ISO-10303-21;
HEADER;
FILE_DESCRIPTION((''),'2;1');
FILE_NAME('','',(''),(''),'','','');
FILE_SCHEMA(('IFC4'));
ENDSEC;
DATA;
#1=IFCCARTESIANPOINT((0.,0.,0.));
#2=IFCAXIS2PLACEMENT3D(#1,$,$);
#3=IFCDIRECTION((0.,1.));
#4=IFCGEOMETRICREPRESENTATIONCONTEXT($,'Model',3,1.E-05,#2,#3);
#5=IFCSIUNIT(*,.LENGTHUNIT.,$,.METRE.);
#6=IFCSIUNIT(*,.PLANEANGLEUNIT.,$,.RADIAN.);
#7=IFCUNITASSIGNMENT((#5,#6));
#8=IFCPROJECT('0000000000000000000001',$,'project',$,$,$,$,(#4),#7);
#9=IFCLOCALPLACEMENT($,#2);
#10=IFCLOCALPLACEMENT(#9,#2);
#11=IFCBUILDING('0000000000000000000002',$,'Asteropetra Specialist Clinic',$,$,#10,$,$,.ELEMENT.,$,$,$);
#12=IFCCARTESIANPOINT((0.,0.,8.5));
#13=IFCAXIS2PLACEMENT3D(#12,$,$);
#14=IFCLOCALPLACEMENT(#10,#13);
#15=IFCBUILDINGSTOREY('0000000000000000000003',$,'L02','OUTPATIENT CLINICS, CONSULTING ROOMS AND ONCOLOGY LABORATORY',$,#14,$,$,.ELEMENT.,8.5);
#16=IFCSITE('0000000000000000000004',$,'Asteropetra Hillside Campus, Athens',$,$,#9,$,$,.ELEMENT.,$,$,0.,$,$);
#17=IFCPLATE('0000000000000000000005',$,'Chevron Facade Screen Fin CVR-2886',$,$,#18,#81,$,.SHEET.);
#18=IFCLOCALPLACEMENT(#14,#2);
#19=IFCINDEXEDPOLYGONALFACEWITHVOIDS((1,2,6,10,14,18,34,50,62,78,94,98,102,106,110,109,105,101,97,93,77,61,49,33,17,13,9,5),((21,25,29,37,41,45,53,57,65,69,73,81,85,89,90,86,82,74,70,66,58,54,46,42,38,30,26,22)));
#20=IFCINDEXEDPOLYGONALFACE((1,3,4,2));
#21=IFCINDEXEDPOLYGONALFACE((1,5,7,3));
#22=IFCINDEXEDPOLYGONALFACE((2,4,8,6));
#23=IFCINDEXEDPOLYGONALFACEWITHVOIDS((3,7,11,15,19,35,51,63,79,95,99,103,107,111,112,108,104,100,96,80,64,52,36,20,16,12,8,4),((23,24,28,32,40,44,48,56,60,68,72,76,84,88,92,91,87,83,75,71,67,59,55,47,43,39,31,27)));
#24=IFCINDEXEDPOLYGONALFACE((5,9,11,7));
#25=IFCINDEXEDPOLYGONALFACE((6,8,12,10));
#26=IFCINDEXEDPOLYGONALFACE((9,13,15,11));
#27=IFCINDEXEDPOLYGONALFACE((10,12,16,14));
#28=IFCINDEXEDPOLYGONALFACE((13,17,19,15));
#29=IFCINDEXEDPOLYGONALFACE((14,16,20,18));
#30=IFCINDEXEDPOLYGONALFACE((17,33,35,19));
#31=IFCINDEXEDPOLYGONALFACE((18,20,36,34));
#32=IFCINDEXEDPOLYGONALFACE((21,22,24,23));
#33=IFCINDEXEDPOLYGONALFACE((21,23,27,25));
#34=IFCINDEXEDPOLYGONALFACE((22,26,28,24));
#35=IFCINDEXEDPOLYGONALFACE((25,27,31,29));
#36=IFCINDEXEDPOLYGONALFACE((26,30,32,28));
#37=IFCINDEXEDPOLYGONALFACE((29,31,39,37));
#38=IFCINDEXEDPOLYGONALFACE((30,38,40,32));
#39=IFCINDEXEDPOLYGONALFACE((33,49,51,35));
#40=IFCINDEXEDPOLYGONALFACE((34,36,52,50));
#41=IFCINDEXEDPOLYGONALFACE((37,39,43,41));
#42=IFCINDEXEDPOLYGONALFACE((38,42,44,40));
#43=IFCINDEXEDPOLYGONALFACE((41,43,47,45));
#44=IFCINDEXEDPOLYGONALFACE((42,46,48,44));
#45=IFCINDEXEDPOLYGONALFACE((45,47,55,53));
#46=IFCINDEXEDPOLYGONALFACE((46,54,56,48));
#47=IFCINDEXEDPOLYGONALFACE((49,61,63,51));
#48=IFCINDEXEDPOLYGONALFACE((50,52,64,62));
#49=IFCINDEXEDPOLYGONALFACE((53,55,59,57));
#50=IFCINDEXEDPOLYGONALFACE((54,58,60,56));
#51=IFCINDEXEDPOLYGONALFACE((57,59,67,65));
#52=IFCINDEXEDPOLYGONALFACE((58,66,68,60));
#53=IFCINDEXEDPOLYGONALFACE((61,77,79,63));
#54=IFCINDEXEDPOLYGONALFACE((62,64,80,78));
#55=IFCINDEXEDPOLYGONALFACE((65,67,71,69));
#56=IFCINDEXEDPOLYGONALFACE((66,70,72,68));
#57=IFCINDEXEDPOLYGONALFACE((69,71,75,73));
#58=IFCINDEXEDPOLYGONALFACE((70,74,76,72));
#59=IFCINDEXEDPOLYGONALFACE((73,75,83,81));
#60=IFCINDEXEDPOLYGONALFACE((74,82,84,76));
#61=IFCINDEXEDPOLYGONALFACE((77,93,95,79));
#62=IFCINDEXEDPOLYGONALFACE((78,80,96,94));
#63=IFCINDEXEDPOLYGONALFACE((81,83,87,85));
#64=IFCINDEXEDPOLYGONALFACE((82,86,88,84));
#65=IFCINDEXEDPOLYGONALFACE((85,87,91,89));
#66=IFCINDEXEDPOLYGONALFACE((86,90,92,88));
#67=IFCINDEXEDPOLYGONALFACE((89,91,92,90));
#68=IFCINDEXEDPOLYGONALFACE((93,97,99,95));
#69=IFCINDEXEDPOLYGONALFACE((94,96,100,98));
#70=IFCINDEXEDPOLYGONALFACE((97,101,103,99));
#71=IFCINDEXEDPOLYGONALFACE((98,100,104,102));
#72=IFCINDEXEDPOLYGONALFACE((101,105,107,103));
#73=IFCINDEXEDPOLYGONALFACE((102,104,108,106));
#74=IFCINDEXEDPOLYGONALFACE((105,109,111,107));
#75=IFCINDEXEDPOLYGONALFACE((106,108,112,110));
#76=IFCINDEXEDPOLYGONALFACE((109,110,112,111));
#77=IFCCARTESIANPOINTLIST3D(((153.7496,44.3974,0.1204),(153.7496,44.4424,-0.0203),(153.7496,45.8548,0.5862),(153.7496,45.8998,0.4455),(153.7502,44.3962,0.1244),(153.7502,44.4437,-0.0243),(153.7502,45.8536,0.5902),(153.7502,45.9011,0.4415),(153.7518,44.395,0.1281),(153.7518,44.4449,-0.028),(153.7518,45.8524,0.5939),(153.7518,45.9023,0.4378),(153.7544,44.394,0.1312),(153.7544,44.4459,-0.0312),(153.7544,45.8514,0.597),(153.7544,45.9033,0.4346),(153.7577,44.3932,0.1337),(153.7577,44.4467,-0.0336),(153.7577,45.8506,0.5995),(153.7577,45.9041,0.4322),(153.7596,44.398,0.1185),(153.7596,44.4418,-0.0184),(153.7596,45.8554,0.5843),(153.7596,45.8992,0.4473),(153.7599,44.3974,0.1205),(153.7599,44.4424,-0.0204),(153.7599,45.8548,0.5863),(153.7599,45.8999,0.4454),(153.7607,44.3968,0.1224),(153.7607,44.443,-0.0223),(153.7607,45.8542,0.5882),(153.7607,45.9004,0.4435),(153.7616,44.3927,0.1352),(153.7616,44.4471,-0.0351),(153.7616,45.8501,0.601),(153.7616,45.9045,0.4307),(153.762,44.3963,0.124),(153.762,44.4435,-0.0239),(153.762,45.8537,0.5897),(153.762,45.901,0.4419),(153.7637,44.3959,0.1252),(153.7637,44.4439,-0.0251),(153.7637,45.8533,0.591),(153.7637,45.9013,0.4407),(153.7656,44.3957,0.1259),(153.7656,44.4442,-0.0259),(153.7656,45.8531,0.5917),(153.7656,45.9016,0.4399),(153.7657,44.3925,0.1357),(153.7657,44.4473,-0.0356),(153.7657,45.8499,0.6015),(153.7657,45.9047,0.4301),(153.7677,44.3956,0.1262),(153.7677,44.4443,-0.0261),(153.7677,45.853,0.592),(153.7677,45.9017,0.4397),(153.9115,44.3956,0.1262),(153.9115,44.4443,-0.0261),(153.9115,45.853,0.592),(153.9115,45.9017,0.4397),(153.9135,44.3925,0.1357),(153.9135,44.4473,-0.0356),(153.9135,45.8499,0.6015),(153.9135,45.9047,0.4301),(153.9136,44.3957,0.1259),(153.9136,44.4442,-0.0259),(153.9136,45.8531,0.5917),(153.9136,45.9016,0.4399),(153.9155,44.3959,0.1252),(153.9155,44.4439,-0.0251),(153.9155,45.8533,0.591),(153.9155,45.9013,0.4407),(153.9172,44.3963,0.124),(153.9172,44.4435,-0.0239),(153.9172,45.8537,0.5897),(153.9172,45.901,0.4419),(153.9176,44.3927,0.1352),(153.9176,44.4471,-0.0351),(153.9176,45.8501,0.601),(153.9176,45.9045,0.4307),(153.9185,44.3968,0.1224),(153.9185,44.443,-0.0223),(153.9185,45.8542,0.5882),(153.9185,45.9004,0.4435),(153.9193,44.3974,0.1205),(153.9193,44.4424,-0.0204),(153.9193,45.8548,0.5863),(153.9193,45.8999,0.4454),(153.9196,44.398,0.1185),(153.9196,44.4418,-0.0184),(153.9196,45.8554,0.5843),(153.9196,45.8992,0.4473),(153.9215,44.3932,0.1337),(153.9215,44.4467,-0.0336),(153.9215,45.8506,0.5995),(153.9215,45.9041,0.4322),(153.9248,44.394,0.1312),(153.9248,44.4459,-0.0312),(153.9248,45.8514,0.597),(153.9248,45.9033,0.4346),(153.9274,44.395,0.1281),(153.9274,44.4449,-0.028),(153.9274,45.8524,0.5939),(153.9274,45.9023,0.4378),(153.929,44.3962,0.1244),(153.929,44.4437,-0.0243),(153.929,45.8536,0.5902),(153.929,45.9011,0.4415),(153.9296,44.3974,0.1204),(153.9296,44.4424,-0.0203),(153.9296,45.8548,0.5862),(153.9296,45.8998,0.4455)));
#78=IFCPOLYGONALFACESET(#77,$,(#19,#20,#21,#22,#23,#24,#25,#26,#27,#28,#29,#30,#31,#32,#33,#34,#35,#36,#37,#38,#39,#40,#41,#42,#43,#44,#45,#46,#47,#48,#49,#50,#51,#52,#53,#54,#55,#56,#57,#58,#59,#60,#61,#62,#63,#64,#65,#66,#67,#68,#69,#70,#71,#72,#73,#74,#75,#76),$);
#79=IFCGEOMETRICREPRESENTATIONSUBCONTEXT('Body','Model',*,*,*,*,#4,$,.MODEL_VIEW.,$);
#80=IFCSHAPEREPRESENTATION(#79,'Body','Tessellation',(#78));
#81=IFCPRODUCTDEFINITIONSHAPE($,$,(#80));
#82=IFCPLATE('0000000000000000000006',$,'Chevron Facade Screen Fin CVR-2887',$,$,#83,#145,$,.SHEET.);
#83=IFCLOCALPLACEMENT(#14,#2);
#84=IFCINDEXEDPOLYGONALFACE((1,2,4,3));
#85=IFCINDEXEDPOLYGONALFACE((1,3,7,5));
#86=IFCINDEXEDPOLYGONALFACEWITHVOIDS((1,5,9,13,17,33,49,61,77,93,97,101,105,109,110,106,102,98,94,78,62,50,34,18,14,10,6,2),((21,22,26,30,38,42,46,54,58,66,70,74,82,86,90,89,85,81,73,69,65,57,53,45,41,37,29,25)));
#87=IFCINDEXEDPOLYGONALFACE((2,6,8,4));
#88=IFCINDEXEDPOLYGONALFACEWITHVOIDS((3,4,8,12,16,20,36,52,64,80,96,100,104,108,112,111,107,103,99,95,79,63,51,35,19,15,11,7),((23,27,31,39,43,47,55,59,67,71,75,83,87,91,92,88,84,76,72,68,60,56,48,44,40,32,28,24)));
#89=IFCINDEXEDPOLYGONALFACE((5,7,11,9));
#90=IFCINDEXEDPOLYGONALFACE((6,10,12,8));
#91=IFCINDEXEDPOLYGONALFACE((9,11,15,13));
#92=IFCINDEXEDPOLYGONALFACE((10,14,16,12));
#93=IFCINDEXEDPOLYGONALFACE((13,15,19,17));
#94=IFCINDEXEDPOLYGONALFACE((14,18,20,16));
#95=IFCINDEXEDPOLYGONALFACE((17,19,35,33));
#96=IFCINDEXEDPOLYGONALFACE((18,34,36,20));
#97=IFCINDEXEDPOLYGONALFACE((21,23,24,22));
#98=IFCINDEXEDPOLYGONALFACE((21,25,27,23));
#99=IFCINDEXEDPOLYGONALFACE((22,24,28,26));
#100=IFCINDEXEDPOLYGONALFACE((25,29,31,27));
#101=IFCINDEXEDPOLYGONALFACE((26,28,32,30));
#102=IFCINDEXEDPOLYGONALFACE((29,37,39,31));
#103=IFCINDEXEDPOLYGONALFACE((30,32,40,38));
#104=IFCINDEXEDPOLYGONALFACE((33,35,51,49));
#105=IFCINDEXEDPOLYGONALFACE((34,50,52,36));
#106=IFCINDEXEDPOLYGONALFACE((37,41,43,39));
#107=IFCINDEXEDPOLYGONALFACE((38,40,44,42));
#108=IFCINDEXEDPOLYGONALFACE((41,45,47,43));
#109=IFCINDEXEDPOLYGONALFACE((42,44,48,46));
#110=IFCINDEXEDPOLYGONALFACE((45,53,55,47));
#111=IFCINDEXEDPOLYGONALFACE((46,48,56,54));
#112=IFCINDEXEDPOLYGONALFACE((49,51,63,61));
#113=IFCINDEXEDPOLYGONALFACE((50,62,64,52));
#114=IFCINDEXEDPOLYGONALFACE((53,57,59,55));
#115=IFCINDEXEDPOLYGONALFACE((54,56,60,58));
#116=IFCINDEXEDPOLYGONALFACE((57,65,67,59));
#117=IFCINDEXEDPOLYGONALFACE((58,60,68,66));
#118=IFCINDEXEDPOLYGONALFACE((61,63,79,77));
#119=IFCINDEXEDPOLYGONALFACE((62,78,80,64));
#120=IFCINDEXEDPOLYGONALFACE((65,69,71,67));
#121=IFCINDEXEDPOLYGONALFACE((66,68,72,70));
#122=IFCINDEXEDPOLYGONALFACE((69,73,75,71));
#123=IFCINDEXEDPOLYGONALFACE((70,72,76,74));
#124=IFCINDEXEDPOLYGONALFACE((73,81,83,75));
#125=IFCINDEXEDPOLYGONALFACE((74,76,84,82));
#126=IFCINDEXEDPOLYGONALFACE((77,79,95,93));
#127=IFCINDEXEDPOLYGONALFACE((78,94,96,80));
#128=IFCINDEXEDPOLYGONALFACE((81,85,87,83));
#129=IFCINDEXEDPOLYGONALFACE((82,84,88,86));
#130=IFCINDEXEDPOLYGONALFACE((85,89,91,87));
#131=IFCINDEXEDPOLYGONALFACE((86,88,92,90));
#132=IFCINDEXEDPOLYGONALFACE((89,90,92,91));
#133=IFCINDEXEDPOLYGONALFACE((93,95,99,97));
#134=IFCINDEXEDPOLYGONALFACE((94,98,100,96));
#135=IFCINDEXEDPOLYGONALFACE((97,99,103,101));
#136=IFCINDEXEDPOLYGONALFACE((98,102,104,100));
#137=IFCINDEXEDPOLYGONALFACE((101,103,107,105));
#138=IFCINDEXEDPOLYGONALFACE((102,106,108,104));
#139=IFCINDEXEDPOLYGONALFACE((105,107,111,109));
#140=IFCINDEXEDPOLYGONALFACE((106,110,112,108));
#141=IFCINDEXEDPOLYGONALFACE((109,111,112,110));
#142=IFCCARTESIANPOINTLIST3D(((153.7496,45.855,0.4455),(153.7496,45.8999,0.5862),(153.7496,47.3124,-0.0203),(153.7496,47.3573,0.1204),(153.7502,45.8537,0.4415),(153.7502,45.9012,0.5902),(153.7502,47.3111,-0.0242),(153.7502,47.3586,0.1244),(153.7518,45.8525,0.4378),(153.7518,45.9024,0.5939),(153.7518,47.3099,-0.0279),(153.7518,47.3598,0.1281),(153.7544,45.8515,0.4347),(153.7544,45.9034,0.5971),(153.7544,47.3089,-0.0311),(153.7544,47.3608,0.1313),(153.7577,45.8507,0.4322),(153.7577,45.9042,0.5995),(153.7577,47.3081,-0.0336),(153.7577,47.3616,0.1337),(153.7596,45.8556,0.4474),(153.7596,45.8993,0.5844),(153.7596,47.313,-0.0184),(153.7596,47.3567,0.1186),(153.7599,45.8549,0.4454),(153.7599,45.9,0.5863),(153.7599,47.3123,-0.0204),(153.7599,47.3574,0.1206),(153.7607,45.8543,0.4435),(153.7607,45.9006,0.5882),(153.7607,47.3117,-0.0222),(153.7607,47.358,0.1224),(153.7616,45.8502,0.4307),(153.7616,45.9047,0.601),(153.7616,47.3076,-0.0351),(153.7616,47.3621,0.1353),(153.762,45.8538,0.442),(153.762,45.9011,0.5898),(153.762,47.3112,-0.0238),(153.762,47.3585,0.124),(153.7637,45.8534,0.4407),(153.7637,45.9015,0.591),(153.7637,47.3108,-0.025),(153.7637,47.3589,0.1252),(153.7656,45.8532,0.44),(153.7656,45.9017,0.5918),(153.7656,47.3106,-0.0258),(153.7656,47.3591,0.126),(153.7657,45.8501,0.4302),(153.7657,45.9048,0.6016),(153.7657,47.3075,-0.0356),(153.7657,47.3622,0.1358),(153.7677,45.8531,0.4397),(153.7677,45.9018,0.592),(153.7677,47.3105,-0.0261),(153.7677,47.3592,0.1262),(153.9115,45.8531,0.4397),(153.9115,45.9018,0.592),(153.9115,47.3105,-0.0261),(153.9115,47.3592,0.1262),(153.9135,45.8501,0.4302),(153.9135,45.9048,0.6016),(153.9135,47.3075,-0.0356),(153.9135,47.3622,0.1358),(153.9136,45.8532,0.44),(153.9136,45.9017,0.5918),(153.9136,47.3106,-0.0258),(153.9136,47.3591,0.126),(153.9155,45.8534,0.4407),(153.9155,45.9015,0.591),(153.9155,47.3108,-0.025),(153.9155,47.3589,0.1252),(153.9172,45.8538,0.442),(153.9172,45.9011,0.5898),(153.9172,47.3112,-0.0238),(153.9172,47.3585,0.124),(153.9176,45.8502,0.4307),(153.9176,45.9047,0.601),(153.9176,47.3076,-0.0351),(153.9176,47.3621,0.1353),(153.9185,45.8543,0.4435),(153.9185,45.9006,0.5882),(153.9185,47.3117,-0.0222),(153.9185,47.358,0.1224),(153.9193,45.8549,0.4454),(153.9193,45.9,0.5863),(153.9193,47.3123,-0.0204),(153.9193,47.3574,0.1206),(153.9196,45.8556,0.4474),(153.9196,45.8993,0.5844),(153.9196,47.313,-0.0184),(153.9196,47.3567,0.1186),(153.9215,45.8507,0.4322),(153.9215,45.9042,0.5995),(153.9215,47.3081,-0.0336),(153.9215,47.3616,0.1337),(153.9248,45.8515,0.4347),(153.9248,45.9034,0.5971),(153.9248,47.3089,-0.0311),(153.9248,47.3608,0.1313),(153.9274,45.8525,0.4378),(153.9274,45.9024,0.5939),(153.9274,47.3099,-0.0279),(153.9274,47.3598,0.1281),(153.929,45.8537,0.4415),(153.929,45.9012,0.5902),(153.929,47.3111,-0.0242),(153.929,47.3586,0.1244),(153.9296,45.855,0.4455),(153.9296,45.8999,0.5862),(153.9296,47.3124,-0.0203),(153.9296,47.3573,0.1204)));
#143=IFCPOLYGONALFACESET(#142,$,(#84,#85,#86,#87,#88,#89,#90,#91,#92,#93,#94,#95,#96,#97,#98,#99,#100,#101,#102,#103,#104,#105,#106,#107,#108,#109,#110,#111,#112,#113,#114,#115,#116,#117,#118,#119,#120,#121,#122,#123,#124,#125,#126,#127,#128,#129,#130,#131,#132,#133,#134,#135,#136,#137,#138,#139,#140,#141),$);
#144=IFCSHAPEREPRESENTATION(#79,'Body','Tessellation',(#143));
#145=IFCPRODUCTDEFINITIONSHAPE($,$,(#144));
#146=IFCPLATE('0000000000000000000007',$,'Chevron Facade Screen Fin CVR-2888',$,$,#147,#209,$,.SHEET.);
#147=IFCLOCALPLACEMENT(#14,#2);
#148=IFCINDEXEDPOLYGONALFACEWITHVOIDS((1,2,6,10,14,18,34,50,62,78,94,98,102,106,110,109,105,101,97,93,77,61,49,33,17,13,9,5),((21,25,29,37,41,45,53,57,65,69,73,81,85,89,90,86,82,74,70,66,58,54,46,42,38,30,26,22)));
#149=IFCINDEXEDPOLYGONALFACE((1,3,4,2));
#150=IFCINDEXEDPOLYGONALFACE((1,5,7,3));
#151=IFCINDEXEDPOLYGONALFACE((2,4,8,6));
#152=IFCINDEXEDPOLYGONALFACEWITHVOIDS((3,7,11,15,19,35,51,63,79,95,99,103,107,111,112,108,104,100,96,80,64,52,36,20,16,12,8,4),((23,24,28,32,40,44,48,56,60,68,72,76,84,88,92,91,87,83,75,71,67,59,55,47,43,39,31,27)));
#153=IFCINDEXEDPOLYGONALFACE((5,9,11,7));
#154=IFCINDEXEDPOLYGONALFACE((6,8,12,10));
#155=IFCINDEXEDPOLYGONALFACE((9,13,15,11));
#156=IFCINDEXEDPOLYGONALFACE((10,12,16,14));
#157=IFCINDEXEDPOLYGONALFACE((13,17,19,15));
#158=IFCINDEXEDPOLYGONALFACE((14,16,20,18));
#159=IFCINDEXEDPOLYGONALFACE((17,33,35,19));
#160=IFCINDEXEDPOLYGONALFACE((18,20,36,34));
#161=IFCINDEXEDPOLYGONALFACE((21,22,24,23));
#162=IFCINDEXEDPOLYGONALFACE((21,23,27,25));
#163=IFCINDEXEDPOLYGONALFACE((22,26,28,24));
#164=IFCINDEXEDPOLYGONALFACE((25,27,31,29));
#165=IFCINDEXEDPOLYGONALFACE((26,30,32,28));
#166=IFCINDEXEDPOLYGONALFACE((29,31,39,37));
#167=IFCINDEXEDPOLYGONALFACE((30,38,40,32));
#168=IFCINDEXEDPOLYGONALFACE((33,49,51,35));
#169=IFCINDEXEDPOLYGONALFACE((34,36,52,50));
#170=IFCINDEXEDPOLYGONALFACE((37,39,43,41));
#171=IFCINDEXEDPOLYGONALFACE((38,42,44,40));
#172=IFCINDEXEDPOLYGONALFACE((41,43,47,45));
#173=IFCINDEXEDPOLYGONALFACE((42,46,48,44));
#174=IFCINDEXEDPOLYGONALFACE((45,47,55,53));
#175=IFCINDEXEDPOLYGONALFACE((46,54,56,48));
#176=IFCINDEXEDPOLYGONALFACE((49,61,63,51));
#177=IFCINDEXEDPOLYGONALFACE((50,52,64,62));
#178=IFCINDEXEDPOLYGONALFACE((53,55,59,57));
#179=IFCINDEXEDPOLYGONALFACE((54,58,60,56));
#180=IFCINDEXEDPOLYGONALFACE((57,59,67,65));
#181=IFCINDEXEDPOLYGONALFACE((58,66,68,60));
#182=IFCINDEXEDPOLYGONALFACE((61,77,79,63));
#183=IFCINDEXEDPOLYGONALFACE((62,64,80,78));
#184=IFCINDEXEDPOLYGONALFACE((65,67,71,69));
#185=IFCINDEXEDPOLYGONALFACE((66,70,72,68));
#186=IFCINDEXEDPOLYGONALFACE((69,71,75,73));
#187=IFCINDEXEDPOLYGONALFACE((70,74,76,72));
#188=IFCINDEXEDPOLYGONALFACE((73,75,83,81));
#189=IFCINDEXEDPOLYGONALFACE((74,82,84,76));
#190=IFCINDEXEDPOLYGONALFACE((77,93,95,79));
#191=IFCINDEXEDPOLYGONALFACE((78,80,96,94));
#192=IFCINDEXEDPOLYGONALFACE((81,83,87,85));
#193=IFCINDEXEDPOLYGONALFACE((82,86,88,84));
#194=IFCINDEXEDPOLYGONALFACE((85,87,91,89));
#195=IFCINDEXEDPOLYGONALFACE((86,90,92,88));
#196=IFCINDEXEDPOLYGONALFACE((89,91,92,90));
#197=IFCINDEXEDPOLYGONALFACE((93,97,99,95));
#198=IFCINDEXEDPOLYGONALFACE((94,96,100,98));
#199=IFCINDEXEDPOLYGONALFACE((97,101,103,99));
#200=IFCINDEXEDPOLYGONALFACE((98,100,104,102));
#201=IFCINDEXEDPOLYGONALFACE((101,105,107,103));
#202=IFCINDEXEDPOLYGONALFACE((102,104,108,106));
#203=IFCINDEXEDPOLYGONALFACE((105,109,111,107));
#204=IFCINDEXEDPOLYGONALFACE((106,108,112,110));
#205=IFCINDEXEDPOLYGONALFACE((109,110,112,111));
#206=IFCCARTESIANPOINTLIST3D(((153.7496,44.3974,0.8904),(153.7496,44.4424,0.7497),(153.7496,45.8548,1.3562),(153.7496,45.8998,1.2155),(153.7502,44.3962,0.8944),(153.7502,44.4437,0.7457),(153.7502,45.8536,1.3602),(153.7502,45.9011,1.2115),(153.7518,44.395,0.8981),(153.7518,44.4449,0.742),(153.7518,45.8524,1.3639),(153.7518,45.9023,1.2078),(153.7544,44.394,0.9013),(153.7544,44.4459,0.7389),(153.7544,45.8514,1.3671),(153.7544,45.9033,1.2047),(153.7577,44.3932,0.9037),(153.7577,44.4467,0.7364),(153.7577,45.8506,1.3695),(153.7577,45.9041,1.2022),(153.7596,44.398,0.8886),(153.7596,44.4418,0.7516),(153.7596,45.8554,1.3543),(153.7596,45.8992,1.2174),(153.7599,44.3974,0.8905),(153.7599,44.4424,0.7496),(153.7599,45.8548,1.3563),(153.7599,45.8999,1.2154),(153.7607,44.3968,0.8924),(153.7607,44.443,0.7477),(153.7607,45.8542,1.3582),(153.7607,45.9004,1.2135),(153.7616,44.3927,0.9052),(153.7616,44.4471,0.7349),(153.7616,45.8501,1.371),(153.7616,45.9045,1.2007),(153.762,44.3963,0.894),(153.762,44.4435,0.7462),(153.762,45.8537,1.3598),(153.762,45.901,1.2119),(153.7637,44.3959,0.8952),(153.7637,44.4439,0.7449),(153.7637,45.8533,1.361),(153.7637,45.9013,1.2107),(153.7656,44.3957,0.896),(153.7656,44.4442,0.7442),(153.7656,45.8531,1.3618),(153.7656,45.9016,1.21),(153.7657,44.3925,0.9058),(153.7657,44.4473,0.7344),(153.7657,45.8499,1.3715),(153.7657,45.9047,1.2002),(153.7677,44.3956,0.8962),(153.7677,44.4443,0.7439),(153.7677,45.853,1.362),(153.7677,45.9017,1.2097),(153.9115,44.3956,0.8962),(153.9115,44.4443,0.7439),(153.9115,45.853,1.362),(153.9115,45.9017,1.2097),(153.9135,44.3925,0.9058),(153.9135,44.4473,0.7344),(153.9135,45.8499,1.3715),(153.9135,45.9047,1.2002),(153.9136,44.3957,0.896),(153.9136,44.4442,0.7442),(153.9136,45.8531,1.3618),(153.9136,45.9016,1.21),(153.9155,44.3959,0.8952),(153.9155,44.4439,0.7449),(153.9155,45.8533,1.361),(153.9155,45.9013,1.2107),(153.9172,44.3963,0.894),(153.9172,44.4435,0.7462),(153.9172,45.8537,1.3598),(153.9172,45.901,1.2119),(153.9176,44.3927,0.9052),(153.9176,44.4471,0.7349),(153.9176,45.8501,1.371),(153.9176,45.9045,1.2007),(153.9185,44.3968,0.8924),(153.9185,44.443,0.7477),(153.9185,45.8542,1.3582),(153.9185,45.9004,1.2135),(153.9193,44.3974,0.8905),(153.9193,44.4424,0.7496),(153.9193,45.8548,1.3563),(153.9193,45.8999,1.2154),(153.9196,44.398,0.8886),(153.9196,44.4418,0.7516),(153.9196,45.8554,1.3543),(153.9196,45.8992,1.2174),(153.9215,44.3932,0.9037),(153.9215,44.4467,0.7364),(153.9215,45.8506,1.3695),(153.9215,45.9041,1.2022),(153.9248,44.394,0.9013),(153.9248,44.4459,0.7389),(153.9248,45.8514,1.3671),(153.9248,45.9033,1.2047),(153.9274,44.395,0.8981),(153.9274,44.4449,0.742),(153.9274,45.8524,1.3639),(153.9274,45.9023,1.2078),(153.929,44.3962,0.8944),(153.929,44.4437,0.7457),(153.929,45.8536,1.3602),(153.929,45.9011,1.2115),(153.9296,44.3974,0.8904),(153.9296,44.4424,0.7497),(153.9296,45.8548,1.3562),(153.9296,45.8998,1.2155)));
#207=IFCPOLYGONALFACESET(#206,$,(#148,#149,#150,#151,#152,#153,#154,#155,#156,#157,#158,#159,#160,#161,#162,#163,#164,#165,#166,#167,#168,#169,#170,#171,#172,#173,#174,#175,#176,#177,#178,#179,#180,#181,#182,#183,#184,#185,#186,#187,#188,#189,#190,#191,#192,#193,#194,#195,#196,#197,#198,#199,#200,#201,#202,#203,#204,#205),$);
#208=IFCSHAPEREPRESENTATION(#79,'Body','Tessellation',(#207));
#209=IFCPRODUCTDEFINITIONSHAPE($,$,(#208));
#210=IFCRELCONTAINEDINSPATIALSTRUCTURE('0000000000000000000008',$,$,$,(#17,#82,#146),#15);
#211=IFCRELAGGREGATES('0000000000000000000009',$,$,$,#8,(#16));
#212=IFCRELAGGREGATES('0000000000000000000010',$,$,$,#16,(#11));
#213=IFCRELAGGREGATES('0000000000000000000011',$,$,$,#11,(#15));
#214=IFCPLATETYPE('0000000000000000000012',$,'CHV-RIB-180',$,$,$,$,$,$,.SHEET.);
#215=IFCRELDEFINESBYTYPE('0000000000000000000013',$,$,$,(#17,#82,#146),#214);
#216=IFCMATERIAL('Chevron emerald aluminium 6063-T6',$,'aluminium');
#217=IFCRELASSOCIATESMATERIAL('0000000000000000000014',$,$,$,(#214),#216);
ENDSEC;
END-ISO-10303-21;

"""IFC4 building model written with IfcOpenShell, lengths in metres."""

from ifc_helpers import new_model, si_unit, direction, frame, origin, origin_2d, place, context, subcontext, project, spatial, hollow_rectangle, extrude, material, material_profile, profile_set, type_object, element, save


model = new_model("IFC4")

# Units and contexts
model_context = context("Model", 3, precision=1e-05, world=origin(), true_north=direction((0.0, 1.0)))
body_context = subcontext(model_context, "Body", "Model", "MODEL_VIEW")
ifc_project = project(units=[si_unit("LENGTHUNIT", "METRE"), si_unit("PLANEANGLEUNIT", "RADIAN")], contexts=[model_context])

# Site, building, storey
site_placement = place(None, origin())
site = spatial("IfcSite", under=ifc_project, at=site_placement, Name="Asteropetra Hillside Campus, Athens", CompositionType="ELEMENT", RefElevation=0.0)
building_placement = place(site_placement, origin())
building = spatial("IfcBuilding", under=site, at=building_placement, Name="Asteropetra Specialist Clinic", CompositionType="ELEMENT")
storey_placement = place(building_placement, frame((0.0, 0.0, 8.5)))
storey = spatial("IfcBuildingStorey", under=building, at=storey_placement, Name="L02", Description="OUTPATIENT CLINICS, CONSULTING ROOMS AND ONCOLOGY LABORATORY", CompositionType="ELEMENT", Elevation=8.5)

# Plates
ifc_material_1 = material(Name="Chevron emerald aluminium 6063-T6", Category="aluminium")
ifc_material_profile = material_profile(ifc_material_1, hollow_rectangle(XDim=0.1799, YDim=0.1799, WallThickness=0.01, InnerFilletRadius=0.0081, OuterFilletRadius=0.0161, at=origin_2d()), Name="SHS 180x180x10.0")
ifc_profile_set = profile_set([ifc_material_profile], Name="Chevron emerald aluminium 6063-T6")
plate_type = type_object("IfcPlateType", Name="CHV-RIB-180", PredefinedType="SHEET", material=ifc_profile_set)
for number, where, z_axis, x_axis, name in (
    (1, (153.8396, 44.4199, 0.05), (0.0, 0.952535, 0.304428), (-1.0, 0.0, 0.0), "Chevron Facade Screen Fin CVR-2886"),
    (2, (153.8396, 45.8774, 0.5159), (0.0, 0.952535, -0.304428), (-1.0, 0.0, 0.0), "Chevron Facade Screen Fin CVR-2887"),
    (3, (153.8396, 44.4199, 0.8201), (0.0, 0.952535, 0.304428), (-1.0, 0.0, 0.0), "Chevron Facade Screen Fin CVR-2888"),
):
    element("IfcPlate", number, at=place(storey_placement, frame(where, z_axis=z_axis, x_axis=x_axis)), inside=storey, type_object=plate_type, Name=name, PredefinedType="SHEET", context=body_context, shape_type="SweptSolid", body=[
        extrude(hollow_rectangle(XDim=0.1799, YDim=0.1799, WallThickness=0.01, InnerFilletRadius=0.0081, OuterFilletRadius=0.0161, at=origin_2d()), origin(), (0.0, 0.0, 1.0), 1.53),
    ])

save(model, "model.ifc")
